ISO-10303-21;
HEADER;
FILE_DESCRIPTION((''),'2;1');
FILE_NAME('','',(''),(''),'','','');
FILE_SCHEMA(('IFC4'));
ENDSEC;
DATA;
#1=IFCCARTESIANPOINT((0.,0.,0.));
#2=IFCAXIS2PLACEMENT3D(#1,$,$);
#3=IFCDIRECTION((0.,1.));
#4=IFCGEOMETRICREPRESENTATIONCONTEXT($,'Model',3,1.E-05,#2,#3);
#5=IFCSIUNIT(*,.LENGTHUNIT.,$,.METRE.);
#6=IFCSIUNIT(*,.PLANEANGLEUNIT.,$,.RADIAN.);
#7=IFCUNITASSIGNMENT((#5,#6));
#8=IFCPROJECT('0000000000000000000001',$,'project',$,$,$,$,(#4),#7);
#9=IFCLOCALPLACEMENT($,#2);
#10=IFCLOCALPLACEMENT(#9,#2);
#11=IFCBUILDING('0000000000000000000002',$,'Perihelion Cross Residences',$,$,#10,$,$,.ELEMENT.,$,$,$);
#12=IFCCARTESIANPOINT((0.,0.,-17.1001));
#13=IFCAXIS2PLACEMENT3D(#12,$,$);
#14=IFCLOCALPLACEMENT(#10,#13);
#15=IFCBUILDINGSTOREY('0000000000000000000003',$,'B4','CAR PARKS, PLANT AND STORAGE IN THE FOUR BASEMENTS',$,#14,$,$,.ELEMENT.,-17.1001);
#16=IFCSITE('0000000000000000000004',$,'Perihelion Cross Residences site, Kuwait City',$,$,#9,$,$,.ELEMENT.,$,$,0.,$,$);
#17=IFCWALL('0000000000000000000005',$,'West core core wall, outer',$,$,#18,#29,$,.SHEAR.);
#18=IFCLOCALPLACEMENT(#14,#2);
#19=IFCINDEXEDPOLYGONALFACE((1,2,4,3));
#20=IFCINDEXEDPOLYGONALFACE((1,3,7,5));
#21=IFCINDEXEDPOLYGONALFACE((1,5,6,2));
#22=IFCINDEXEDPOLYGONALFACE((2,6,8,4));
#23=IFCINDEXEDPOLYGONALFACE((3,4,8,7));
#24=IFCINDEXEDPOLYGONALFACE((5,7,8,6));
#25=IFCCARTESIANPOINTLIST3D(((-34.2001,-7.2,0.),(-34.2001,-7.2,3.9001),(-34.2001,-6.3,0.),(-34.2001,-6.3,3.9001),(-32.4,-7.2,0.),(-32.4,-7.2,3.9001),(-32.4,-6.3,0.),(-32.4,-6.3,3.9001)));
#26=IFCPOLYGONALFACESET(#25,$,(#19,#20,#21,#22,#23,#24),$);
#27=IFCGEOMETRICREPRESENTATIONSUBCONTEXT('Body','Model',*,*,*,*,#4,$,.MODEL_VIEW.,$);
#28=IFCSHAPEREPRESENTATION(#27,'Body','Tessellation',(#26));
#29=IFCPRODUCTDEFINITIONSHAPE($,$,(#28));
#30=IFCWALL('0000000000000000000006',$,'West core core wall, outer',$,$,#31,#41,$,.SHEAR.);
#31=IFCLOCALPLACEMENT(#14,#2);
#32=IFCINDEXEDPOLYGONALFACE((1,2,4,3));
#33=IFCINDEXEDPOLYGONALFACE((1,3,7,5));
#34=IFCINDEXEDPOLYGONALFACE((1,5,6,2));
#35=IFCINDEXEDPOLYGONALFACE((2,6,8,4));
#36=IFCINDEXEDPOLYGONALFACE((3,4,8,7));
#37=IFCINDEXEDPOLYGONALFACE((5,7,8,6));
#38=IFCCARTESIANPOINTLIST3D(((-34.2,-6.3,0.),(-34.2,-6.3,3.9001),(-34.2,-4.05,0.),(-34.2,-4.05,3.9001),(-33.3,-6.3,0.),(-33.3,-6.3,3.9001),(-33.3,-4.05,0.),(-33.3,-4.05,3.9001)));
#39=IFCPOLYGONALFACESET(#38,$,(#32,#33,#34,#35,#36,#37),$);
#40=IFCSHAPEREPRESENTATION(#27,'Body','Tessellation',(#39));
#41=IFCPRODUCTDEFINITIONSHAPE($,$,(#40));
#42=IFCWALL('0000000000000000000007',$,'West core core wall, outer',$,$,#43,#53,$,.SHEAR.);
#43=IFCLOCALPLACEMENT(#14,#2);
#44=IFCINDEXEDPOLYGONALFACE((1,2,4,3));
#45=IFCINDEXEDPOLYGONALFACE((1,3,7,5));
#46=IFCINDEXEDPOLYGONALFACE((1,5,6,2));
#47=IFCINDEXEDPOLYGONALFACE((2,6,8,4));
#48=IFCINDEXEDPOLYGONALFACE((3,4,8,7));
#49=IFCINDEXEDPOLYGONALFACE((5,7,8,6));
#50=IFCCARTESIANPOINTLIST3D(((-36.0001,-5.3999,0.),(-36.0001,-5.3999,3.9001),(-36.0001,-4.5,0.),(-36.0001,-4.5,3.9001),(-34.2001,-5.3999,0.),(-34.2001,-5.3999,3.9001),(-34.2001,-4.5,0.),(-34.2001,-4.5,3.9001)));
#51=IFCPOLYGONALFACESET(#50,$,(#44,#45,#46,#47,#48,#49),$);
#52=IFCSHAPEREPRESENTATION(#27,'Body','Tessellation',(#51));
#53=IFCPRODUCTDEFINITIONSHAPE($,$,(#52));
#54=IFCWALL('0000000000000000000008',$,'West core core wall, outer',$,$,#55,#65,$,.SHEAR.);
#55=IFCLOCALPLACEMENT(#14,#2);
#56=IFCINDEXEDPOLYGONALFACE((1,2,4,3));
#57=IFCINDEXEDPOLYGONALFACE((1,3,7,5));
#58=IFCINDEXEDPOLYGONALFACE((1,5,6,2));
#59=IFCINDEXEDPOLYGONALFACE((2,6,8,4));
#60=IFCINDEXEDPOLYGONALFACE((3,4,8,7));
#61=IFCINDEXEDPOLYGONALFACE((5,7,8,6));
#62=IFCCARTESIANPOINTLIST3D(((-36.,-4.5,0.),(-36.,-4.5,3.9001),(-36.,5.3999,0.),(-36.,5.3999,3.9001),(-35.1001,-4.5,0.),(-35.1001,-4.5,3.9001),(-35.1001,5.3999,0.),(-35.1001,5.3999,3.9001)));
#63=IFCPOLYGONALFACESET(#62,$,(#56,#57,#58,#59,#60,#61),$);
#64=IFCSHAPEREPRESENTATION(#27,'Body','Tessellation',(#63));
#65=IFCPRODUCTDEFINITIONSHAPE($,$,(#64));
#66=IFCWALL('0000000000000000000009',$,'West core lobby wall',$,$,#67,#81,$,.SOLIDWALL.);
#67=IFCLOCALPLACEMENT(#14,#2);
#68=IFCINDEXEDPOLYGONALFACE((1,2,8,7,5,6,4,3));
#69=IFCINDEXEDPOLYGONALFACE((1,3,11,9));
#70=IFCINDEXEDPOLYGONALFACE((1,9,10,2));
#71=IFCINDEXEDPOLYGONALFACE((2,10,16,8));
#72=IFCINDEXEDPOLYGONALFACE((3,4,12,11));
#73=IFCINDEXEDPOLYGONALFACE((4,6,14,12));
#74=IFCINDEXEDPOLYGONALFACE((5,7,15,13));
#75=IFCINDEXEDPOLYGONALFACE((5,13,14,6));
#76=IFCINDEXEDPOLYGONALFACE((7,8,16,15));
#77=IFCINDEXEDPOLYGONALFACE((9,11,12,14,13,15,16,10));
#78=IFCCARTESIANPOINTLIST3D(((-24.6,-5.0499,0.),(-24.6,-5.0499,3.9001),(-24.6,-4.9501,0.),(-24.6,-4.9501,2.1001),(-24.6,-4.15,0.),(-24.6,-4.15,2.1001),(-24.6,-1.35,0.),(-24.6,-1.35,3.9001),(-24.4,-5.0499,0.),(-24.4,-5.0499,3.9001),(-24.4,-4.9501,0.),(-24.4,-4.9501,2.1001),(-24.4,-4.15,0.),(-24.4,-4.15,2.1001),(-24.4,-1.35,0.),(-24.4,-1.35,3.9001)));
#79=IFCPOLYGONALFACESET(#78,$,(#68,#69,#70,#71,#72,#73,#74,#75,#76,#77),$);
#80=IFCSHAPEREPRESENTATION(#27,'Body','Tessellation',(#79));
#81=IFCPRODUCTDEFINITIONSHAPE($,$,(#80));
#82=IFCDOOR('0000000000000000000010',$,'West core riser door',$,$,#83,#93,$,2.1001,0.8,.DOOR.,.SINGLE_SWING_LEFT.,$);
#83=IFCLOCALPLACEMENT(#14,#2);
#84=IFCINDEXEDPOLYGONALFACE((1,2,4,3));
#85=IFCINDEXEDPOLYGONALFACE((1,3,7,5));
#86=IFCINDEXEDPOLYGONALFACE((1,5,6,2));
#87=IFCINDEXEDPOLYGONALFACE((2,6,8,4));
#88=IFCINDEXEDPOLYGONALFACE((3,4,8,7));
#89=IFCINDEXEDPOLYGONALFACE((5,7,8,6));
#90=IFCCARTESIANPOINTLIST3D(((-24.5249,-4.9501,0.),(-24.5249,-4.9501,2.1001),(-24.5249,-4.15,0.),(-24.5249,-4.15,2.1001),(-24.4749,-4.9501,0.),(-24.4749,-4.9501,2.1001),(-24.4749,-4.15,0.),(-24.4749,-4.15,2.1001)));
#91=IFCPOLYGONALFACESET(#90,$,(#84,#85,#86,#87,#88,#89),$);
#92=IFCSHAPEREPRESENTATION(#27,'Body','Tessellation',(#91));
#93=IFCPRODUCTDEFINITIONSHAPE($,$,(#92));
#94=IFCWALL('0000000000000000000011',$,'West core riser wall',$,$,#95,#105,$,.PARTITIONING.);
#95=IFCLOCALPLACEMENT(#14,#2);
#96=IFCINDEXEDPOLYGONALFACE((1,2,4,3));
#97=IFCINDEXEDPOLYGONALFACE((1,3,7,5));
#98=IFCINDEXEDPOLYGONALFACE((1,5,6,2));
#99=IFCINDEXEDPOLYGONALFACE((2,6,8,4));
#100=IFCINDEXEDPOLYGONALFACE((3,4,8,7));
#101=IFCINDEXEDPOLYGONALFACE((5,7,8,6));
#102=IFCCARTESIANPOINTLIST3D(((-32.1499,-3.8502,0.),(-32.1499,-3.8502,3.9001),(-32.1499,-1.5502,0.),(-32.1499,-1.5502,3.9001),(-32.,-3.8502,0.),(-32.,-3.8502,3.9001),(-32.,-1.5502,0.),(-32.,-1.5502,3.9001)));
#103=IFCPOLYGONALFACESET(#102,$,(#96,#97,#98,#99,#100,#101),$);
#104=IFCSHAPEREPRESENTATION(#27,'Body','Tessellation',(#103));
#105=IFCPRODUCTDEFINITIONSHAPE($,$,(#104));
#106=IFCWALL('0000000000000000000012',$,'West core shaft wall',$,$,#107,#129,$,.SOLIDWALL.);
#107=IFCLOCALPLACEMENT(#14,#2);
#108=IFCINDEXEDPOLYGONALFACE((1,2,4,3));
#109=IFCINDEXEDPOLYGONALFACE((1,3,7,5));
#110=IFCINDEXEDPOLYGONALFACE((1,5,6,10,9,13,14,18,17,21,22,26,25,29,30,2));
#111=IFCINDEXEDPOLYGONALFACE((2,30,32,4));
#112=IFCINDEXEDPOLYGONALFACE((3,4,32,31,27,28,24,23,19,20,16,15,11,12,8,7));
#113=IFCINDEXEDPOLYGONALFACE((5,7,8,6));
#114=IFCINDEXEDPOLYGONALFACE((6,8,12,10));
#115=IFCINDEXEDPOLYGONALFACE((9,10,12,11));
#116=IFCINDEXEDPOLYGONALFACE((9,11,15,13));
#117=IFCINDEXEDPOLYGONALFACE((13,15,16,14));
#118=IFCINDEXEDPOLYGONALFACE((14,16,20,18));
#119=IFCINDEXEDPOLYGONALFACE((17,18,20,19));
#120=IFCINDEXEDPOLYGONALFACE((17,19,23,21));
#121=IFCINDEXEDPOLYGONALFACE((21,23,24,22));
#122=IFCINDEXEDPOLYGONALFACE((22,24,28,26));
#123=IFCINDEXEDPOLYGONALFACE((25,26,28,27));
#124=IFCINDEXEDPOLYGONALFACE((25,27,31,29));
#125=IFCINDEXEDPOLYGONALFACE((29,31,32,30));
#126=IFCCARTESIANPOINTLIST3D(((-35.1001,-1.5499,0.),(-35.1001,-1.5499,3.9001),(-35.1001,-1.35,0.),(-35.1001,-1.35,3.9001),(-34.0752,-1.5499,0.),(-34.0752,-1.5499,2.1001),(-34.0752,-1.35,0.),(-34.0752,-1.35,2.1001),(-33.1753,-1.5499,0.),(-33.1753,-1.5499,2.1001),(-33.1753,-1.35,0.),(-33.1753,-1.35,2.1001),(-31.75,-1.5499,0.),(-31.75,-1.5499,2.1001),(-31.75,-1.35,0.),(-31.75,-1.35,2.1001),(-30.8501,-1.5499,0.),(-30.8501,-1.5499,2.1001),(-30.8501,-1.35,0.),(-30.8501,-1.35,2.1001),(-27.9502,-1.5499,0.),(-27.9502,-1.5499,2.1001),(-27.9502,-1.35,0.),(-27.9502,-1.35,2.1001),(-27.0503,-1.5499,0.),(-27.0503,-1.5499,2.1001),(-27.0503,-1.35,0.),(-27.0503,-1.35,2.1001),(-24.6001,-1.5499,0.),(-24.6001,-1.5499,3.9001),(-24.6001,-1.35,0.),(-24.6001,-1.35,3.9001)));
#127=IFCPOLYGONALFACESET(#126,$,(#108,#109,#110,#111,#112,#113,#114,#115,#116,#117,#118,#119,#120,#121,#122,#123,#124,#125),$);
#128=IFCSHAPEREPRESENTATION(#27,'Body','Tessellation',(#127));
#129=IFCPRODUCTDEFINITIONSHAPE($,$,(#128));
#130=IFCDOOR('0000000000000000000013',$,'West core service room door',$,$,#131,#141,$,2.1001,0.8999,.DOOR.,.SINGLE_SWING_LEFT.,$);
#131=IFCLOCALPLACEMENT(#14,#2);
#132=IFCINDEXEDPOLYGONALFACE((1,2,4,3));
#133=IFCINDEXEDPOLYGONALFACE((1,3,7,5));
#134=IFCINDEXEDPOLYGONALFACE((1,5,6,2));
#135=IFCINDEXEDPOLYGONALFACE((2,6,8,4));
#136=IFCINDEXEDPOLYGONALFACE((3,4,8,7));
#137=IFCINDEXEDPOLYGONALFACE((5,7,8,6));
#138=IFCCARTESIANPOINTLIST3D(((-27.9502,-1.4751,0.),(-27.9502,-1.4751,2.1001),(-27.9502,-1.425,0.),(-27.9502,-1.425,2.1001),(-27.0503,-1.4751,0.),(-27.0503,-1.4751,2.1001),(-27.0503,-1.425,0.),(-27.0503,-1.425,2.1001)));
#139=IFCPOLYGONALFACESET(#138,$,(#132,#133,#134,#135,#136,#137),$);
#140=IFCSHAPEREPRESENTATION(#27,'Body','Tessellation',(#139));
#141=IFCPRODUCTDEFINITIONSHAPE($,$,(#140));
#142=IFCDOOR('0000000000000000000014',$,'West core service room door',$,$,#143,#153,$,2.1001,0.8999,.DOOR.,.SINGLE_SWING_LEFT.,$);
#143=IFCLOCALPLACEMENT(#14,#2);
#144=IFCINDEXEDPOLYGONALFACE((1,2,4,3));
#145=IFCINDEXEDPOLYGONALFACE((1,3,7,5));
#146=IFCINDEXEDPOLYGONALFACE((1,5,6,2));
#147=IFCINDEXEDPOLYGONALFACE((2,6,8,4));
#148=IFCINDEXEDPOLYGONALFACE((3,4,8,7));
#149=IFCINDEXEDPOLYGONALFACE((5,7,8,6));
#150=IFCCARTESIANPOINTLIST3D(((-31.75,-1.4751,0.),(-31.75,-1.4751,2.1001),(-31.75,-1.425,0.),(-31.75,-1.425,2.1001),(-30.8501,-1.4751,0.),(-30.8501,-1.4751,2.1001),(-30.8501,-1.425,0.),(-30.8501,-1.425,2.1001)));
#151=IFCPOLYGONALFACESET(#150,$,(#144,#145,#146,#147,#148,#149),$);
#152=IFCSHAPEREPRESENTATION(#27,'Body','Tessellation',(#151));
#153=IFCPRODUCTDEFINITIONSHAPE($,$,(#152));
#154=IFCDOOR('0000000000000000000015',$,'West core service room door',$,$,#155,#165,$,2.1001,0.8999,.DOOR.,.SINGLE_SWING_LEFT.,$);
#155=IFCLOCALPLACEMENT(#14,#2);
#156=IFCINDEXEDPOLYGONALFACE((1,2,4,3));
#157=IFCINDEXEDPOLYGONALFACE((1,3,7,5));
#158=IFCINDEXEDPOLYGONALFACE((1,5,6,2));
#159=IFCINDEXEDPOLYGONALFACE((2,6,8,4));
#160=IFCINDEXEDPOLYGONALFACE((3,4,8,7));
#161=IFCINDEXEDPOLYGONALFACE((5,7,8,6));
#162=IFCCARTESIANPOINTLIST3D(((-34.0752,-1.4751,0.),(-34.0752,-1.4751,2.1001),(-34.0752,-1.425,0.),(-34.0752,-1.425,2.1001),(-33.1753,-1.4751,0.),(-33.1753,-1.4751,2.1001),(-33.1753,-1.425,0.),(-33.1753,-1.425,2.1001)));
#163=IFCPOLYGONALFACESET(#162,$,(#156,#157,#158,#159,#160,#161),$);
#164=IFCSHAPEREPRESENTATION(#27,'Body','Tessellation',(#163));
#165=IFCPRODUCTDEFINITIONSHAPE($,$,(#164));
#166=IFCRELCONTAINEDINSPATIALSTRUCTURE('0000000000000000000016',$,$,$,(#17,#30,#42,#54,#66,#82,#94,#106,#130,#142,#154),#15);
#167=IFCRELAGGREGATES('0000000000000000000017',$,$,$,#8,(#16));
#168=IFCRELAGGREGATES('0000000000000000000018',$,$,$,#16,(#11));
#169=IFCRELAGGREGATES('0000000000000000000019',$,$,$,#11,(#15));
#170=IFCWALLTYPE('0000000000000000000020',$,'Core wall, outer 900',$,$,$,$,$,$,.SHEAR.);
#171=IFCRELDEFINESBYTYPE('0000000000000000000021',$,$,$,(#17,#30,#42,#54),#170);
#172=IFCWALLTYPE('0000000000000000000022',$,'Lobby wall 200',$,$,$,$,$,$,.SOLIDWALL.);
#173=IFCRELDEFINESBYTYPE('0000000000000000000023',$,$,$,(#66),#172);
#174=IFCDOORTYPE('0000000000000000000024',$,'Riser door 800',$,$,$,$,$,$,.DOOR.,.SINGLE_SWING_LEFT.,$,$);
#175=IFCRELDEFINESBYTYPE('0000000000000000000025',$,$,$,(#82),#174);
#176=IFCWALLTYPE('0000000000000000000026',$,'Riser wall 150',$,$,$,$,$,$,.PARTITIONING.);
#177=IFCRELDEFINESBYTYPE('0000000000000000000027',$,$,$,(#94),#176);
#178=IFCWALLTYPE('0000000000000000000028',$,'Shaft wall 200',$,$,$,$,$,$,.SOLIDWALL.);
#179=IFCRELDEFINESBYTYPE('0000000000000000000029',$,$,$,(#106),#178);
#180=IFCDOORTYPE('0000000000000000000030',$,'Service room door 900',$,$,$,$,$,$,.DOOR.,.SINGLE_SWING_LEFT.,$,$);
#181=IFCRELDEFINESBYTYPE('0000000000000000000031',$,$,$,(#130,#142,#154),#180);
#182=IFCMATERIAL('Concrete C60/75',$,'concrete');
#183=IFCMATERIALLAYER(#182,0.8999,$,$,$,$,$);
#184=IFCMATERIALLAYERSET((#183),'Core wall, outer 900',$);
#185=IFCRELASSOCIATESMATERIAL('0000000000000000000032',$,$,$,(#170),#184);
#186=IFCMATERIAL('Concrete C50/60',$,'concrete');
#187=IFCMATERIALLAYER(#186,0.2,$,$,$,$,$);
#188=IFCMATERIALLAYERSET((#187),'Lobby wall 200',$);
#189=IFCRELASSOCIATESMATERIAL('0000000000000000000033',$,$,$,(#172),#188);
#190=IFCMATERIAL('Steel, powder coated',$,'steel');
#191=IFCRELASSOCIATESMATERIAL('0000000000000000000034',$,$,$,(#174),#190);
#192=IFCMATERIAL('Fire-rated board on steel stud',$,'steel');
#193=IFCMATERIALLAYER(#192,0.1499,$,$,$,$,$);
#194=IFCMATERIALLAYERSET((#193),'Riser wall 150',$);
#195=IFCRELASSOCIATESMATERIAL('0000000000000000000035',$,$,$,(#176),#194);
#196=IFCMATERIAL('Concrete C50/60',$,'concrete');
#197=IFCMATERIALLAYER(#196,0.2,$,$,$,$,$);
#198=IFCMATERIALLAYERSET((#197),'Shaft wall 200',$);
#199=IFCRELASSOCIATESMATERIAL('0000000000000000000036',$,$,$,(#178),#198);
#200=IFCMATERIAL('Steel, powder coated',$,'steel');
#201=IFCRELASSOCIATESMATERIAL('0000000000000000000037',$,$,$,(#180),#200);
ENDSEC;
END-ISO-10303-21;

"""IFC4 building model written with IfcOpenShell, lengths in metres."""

from ifc_helpers import new_model, si_unit, direction, frame, frame_2d, origin, place, context, subcontext, project, spatial, rectangle, extrude, material, layer, layer_set, type_object, element, fill, save


model = new_model("IFC4")

# Units and contexts
model_context = context("Model", 3, precision=1e-05, world=origin(), true_north=direction((0.0, 1.0)))
body_context = subcontext(model_context, "Body", "Model", "MODEL_VIEW")
ifc_project = project(units=[si_unit("LENGTHUNIT", "METRE"), si_unit("PLANEANGLEUNIT", "RADIAN")], contexts=[model_context])

# Site, building, storey
site_placement = place(None, origin())
site = spatial("IfcSite", under=ifc_project, at=site_placement, Name="Perihelion Cross Residences site, Kuwait City", CompositionType="ELEMENT", RefElevation=0.0)
building_placement = place(site_placement, origin())
building = spatial("IfcBuilding", under=site, at=building_placement, Name="Perihelion Cross Residences", CompositionType="ELEMENT")
storey_placement = place(building_placement, frame((0.0, 0.0, -17.1001)))
storey = spatial("IfcBuildingStorey", under=building, at=storey_placement, Name="B4", Description="CAR PARKS, PLANT AND STORAGE IN THE FOUR BASEMENTS", CompositionType="ELEMENT", Elevation=-17.1001)

# Walls
ifc_material_1 = material(Name="Concrete C60/75", Category="concrete")
ifc_layer_1 = layer(ifc_material_1, 0.8999)
ifc_layer_set_1 = layer_set([ifc_layer_1], Name="Core wall, outer 900")
wall_type_1 = type_object("IfcWallType", Name="Core wall, outer 900", PredefinedType="SHEAR", material=ifc_layer_set_1)
wall_1_placement = place(storey_placement, frame((-34.2, -6.75, 0.0), z_axis=(0.0, 0.0, 1.0), x_axis=(1.0, 0.0, 0.0)))
element("IfcWall", 1, at=wall_1_placement, inside=storey, type_object=wall_type_1, Name="West core core wall, outer", PredefinedType="SHEAR", context=body_context, shape_type="SweptSolid", body=[
    extrude(rectangle(XDim=1.8, YDim=0.8999, at=frame_2d((0.8999, 0.0))), origin(), (0.0, 0.0, 1.0), 3.9001),
])
wall_2_placement = place(storey_placement, frame((-33.75, -6.3, 0.0), z_axis=(0.0, 0.0, 1.0), x_axis=(0.0, 1.0, 0.0)))
element("IfcWall", 2, at=wall_2_placement, inside=storey, type_object=wall_type_1, Name="West core core wall, outer", PredefinedType="SHEAR", context=body_context, shape_type="SweptSolid", body=[
    extrude(rectangle(XDim=2.25, YDim=0.8999, at=frame_2d((1.125, 0.0))), origin(), (0.0, 0.0, 1.0), 3.9001),
])
wall_3_placement = place(storey_placement, frame((-36.0, -4.95, 0.0), z_axis=(0.0, 0.0, 1.0), x_axis=(1.0, 0.0, 0.0)))
element("IfcWall", 3, at=wall_3_placement, inside=storey, type_object=wall_type_1, Name="West core core wall, outer", PredefinedType="SHEAR", context=body_context, shape_type="SweptSolid", body=[
    extrude(rectangle(XDim=1.8, YDim=0.8999, at=frame_2d((0.8999, 0.0))), origin(), (0.0, 0.0, 1.0), 3.9001),
])
wall_4_placement = place(storey_placement, frame((-35.55, -4.5, 0.0), z_axis=(0.0, 0.0, 1.0), x_axis=(0.0, 1.0, 0.0)))
element("IfcWall", 4, at=wall_4_placement, inside=storey, type_object=wall_type_1, Name="West core core wall, outer", PredefinedType="SHEAR", context=body_context, shape_type="SweptSolid", body=[
    extrude(rectangle(XDim=9.8999, YDim=0.8999, at=frame_2d((4.95, 0.0))), origin(), (0.0, 0.0, 1.0), 3.9001),
])

# Wall, opening, door
ifc_material_2 = material(Name="Concrete C50/60", Category="concrete")
ifc_layer_2 = layer(ifc_material_2, 0.2)
ifc_layer_set_2 = layer_set([ifc_layer_2], Name="Lobby wall 200")
wall_type_2 = type_object("IfcWallType", Name="Lobby wall 200", PredefinedType="SOLIDWALL", material=ifc_layer_set_2)
wall_5_placement = place(storey_placement, frame((-24.5, -5.05, 0.0), z_axis=(0.0, 0.0, 1.0), x_axis=(0.0, 1.0, 0.0)))
wall_5 = element("IfcWall", 5, at=wall_5_placement, inside=storey, type_object=wall_type_2, Name="West core lobby wall", PredefinedType="SOLIDWALL", context=body_context, shape_type="SweptSolid", body=[
    extrude(rectangle(XDim=3.7, YDim=0.2, at=frame_2d((1.8501, 0.0))), origin(), (0.0, 0.0, 1.0), 3.9001),
])
opening_1_placement = place(wall_5_placement, frame((0.1001, 0.0, 0.0)))
opening_1 = element("IfcOpeningElement", 6, at=opening_1_placement, cuts=wall_5, PredefinedType="OPENING", context=body_context, shape_type="SweptSolid", body=[
    extrude(rectangle(XDim=0.8, YDim=2.1001, at=frame_2d((0.3999, 1.05))), frame((0.0, 0.1099, 0.0), z_axis=(0.0, -1.0, 0.0), x_axis=(1.0, 0.0, 0.0)), (0.0, 0.0, 1.0), 0.22),
])
ifc_material_3 = material(Name="Steel, powder coated", Category="steel")
door_type_1 = type_object("IfcDoorType", Name="Riser door 800", OperationType="SINGLE_SWING_LEFT", PredefinedType="DOOR", material=ifc_material_3)
door_1_placement = place(opening_1_placement, origin())
door_1 = element("IfcDoor", 7, at=door_1_placement, inside=storey, type_object=door_type_1, Name="West core riser door", OperationType="SINGLE_SWING_LEFT", OverallHeight=2.1001, OverallWidth=0.8, PredefinedType="DOOR", context=body_context, shape_type="SweptSolid", body=[
    extrude(rectangle(XDim=0.8, YDim=2.1001, at=frame_2d((0.3999, 1.05))), frame((0.0, 0.0249, 0.0), z_axis=(0.0, -1.0, 0.0), x_axis=(1.0, 0.0, 0.0)), (0.0, 0.0, 1.0), 0.05),
])
fill(opening_1, door_1)

# Wall
ifc_material_4 = material(Name="Fire-rated board on steel stud", Category="steel")
ifc_layer_3 = layer(ifc_material_4, 0.1499)
ifc_layer_set_3 = layer_set([ifc_layer_3], Name="Riser wall 150")
wall_type_3 = type_object("IfcWallType", Name="Riser wall 150", PredefinedType="PARTITIONING", material=ifc_layer_set_3)
wall_6_placement = place(storey_placement, frame((-32.075, -3.8501, 0.0), z_axis=(0.0, 0.0, 1.0), x_axis=(0.0, 1.0, 0.0)))
element("IfcWall", 8, at=wall_6_placement, inside=storey, type_object=wall_type_3, Name="West core riser wall", PredefinedType="PARTITIONING", context=body_context, shape_type="SweptSolid", body=[
    extrude(rectangle(XDim=2.3, YDim=0.1499, at=frame_2d((1.1499, 0.0))), origin(), (0.0, 0.0, 1.0), 3.9001),
])

# Wall, openings, doors
ifc_material_5 = material(Name="Concrete C50/60", Category="concrete")
ifc_layer_4 = layer(ifc_material_5, 0.2)
ifc_layer_set_4 = layer_set([ifc_layer_4], Name="Shaft wall 200")
wall_type_4 = type_object("IfcWallType", Name="Shaft wall 200", PredefinedType="SOLIDWALL", material=ifc_layer_set_4)
wall_7_placement = place(storey_placement, frame((-35.1001, -1.45, 0.0), z_axis=(0.0, 0.0, 1.0), x_axis=(1.0, 0.0, 0.0)))
wall_7 = element("IfcWall", 9, at=wall_7_placement, inside=storey, type_object=wall_type_4, Name="West core shaft wall", PredefinedType="SOLIDWALL", context=body_context, shape_type="SweptSolid", body=[
    extrude(rectangle(XDim=10.5, YDim=0.2, at=frame_2d((5.25, 0.0))), origin(), (0.0, 0.0, 1.0), 3.9001),
])
opening_2_placement = place(wall_7_placement, frame((7.1499, 0.0, 0.0)))
opening_2 = element("IfcOpeningElement", 10, at=opening_2_placement, cuts=wall_7, PredefinedType="OPENING", context=body_context, shape_type="SweptSolid", body=[
    extrude(rectangle(XDim=0.8999, YDim=2.1001, at=frame_2d((0.45, 1.05))), frame((0.0, 0.1099, 0.0), z_axis=(0.0, -1.0, 0.0), x_axis=(1.0, 0.0, 0.0)), (0.0, 0.0, 1.0), 0.22),
])
opening_3_placement = place(wall_7_placement, frame((3.3501, 0.0, 0.0)))
opening_3 = element("IfcOpeningElement", 11, at=opening_3_placement, cuts=wall_7, PredefinedType="OPENING", context=body_context, shape_type="SweptSolid", body=[
    extrude(rectangle(XDim=0.8999, YDim=2.1001, at=frame_2d((0.45, 1.05))), frame((0.0, 0.1099, 0.0), z_axis=(0.0, -1.0, 0.0), x_axis=(1.0, 0.0, 0.0)), (0.0, 0.0, 1.0), 0.22),
])
opening_4_placement = place(wall_7_placement, frame((1.0249, 0.0, 0.0)))
opening_4 = element("IfcOpeningElement", 12, at=opening_4_placement, cuts=wall_7, PredefinedType="OPENING", context=body_context, shape_type="SweptSolid", body=[
    extrude(rectangle(XDim=0.8999, YDim=2.1001, at=frame_2d((0.45, 1.05))), frame((0.0, 0.1099, 0.0), z_axis=(0.0, -1.0, 0.0), x_axis=(1.0, 0.0, 0.0)), (0.0, 0.0, 1.0), 0.22),
])
ifc_material_6 = material(Name="Steel, powder coated", Category="steel")
door_type_2 = type_object("IfcDoorType", Name="Service room door 900", OperationType="SINGLE_SWING_LEFT", PredefinedType="DOOR", material=ifc_material_6)
door_2_placement = place(opening_2_placement, origin())
door_2 = element("IfcDoor", 13, at=door_2_placement, inside=storey, type_object=door_type_2, Name="West core service room door", OperationType="SINGLE_SWING_LEFT", OverallHeight=2.1001, OverallWidth=0.8999, PredefinedType="DOOR", context=body_context, shape_type="SweptSolid", body=[
    extrude(rectangle(XDim=0.8999, YDim=2.1001, at=frame_2d((0.45, 1.05))), frame((0.0, 0.0249, 0.0), z_axis=(0.0, -1.0, 0.0), x_axis=(1.0, 0.0, 0.0)), (0.0, 0.0, 1.0), 0.05),
])
fill(opening_2, door_2)
door_3_placement = place(opening_3_placement, origin())
door_3 = element("IfcDoor", 14, at=door_3_placement, inside=storey, type_object=door_type_2, Name="West core service room door", OperationType="SINGLE_SWING_LEFT", OverallHeight=2.1001, OverallWidth=0.8999, PredefinedType="DOOR", context=body_context, shape_type="SweptSolid", body=[
    extrude(rectangle(XDim=0.8999, YDim=2.1001, at=frame_2d((0.45, 1.05))), frame((0.0, 0.0249, 0.0), z_axis=(0.0, -1.0, 0.0), x_axis=(1.0, 0.0, 0.0)), (0.0, 0.0, 1.0), 0.05),
])
fill(opening_3, door_3)
door_4_placement = place(opening_4_placement, origin())
door_4 = element("IfcDoor", 15, at=door_4_placement, inside=storey, type_object=door_type_2, Name="West core service room door", OperationType="SINGLE_SWING_LEFT", OverallHeight=2.1001, OverallWidth=0.8999, PredefinedType="DOOR", context=body_context, shape_type="SweptSolid", body=[
    extrude(rectangle(XDim=0.8999, YDim=2.1001, at=frame_2d((0.45, 1.05))), frame((0.0, 0.0249, 0.0), z_axis=(0.0, -1.0, 0.0), x_axis=(1.0, 0.0, 0.0)), (0.0, 0.0, 1.0), 0.05),
])
fill(opening_4, door_4)

save(model, "model.ifc")
